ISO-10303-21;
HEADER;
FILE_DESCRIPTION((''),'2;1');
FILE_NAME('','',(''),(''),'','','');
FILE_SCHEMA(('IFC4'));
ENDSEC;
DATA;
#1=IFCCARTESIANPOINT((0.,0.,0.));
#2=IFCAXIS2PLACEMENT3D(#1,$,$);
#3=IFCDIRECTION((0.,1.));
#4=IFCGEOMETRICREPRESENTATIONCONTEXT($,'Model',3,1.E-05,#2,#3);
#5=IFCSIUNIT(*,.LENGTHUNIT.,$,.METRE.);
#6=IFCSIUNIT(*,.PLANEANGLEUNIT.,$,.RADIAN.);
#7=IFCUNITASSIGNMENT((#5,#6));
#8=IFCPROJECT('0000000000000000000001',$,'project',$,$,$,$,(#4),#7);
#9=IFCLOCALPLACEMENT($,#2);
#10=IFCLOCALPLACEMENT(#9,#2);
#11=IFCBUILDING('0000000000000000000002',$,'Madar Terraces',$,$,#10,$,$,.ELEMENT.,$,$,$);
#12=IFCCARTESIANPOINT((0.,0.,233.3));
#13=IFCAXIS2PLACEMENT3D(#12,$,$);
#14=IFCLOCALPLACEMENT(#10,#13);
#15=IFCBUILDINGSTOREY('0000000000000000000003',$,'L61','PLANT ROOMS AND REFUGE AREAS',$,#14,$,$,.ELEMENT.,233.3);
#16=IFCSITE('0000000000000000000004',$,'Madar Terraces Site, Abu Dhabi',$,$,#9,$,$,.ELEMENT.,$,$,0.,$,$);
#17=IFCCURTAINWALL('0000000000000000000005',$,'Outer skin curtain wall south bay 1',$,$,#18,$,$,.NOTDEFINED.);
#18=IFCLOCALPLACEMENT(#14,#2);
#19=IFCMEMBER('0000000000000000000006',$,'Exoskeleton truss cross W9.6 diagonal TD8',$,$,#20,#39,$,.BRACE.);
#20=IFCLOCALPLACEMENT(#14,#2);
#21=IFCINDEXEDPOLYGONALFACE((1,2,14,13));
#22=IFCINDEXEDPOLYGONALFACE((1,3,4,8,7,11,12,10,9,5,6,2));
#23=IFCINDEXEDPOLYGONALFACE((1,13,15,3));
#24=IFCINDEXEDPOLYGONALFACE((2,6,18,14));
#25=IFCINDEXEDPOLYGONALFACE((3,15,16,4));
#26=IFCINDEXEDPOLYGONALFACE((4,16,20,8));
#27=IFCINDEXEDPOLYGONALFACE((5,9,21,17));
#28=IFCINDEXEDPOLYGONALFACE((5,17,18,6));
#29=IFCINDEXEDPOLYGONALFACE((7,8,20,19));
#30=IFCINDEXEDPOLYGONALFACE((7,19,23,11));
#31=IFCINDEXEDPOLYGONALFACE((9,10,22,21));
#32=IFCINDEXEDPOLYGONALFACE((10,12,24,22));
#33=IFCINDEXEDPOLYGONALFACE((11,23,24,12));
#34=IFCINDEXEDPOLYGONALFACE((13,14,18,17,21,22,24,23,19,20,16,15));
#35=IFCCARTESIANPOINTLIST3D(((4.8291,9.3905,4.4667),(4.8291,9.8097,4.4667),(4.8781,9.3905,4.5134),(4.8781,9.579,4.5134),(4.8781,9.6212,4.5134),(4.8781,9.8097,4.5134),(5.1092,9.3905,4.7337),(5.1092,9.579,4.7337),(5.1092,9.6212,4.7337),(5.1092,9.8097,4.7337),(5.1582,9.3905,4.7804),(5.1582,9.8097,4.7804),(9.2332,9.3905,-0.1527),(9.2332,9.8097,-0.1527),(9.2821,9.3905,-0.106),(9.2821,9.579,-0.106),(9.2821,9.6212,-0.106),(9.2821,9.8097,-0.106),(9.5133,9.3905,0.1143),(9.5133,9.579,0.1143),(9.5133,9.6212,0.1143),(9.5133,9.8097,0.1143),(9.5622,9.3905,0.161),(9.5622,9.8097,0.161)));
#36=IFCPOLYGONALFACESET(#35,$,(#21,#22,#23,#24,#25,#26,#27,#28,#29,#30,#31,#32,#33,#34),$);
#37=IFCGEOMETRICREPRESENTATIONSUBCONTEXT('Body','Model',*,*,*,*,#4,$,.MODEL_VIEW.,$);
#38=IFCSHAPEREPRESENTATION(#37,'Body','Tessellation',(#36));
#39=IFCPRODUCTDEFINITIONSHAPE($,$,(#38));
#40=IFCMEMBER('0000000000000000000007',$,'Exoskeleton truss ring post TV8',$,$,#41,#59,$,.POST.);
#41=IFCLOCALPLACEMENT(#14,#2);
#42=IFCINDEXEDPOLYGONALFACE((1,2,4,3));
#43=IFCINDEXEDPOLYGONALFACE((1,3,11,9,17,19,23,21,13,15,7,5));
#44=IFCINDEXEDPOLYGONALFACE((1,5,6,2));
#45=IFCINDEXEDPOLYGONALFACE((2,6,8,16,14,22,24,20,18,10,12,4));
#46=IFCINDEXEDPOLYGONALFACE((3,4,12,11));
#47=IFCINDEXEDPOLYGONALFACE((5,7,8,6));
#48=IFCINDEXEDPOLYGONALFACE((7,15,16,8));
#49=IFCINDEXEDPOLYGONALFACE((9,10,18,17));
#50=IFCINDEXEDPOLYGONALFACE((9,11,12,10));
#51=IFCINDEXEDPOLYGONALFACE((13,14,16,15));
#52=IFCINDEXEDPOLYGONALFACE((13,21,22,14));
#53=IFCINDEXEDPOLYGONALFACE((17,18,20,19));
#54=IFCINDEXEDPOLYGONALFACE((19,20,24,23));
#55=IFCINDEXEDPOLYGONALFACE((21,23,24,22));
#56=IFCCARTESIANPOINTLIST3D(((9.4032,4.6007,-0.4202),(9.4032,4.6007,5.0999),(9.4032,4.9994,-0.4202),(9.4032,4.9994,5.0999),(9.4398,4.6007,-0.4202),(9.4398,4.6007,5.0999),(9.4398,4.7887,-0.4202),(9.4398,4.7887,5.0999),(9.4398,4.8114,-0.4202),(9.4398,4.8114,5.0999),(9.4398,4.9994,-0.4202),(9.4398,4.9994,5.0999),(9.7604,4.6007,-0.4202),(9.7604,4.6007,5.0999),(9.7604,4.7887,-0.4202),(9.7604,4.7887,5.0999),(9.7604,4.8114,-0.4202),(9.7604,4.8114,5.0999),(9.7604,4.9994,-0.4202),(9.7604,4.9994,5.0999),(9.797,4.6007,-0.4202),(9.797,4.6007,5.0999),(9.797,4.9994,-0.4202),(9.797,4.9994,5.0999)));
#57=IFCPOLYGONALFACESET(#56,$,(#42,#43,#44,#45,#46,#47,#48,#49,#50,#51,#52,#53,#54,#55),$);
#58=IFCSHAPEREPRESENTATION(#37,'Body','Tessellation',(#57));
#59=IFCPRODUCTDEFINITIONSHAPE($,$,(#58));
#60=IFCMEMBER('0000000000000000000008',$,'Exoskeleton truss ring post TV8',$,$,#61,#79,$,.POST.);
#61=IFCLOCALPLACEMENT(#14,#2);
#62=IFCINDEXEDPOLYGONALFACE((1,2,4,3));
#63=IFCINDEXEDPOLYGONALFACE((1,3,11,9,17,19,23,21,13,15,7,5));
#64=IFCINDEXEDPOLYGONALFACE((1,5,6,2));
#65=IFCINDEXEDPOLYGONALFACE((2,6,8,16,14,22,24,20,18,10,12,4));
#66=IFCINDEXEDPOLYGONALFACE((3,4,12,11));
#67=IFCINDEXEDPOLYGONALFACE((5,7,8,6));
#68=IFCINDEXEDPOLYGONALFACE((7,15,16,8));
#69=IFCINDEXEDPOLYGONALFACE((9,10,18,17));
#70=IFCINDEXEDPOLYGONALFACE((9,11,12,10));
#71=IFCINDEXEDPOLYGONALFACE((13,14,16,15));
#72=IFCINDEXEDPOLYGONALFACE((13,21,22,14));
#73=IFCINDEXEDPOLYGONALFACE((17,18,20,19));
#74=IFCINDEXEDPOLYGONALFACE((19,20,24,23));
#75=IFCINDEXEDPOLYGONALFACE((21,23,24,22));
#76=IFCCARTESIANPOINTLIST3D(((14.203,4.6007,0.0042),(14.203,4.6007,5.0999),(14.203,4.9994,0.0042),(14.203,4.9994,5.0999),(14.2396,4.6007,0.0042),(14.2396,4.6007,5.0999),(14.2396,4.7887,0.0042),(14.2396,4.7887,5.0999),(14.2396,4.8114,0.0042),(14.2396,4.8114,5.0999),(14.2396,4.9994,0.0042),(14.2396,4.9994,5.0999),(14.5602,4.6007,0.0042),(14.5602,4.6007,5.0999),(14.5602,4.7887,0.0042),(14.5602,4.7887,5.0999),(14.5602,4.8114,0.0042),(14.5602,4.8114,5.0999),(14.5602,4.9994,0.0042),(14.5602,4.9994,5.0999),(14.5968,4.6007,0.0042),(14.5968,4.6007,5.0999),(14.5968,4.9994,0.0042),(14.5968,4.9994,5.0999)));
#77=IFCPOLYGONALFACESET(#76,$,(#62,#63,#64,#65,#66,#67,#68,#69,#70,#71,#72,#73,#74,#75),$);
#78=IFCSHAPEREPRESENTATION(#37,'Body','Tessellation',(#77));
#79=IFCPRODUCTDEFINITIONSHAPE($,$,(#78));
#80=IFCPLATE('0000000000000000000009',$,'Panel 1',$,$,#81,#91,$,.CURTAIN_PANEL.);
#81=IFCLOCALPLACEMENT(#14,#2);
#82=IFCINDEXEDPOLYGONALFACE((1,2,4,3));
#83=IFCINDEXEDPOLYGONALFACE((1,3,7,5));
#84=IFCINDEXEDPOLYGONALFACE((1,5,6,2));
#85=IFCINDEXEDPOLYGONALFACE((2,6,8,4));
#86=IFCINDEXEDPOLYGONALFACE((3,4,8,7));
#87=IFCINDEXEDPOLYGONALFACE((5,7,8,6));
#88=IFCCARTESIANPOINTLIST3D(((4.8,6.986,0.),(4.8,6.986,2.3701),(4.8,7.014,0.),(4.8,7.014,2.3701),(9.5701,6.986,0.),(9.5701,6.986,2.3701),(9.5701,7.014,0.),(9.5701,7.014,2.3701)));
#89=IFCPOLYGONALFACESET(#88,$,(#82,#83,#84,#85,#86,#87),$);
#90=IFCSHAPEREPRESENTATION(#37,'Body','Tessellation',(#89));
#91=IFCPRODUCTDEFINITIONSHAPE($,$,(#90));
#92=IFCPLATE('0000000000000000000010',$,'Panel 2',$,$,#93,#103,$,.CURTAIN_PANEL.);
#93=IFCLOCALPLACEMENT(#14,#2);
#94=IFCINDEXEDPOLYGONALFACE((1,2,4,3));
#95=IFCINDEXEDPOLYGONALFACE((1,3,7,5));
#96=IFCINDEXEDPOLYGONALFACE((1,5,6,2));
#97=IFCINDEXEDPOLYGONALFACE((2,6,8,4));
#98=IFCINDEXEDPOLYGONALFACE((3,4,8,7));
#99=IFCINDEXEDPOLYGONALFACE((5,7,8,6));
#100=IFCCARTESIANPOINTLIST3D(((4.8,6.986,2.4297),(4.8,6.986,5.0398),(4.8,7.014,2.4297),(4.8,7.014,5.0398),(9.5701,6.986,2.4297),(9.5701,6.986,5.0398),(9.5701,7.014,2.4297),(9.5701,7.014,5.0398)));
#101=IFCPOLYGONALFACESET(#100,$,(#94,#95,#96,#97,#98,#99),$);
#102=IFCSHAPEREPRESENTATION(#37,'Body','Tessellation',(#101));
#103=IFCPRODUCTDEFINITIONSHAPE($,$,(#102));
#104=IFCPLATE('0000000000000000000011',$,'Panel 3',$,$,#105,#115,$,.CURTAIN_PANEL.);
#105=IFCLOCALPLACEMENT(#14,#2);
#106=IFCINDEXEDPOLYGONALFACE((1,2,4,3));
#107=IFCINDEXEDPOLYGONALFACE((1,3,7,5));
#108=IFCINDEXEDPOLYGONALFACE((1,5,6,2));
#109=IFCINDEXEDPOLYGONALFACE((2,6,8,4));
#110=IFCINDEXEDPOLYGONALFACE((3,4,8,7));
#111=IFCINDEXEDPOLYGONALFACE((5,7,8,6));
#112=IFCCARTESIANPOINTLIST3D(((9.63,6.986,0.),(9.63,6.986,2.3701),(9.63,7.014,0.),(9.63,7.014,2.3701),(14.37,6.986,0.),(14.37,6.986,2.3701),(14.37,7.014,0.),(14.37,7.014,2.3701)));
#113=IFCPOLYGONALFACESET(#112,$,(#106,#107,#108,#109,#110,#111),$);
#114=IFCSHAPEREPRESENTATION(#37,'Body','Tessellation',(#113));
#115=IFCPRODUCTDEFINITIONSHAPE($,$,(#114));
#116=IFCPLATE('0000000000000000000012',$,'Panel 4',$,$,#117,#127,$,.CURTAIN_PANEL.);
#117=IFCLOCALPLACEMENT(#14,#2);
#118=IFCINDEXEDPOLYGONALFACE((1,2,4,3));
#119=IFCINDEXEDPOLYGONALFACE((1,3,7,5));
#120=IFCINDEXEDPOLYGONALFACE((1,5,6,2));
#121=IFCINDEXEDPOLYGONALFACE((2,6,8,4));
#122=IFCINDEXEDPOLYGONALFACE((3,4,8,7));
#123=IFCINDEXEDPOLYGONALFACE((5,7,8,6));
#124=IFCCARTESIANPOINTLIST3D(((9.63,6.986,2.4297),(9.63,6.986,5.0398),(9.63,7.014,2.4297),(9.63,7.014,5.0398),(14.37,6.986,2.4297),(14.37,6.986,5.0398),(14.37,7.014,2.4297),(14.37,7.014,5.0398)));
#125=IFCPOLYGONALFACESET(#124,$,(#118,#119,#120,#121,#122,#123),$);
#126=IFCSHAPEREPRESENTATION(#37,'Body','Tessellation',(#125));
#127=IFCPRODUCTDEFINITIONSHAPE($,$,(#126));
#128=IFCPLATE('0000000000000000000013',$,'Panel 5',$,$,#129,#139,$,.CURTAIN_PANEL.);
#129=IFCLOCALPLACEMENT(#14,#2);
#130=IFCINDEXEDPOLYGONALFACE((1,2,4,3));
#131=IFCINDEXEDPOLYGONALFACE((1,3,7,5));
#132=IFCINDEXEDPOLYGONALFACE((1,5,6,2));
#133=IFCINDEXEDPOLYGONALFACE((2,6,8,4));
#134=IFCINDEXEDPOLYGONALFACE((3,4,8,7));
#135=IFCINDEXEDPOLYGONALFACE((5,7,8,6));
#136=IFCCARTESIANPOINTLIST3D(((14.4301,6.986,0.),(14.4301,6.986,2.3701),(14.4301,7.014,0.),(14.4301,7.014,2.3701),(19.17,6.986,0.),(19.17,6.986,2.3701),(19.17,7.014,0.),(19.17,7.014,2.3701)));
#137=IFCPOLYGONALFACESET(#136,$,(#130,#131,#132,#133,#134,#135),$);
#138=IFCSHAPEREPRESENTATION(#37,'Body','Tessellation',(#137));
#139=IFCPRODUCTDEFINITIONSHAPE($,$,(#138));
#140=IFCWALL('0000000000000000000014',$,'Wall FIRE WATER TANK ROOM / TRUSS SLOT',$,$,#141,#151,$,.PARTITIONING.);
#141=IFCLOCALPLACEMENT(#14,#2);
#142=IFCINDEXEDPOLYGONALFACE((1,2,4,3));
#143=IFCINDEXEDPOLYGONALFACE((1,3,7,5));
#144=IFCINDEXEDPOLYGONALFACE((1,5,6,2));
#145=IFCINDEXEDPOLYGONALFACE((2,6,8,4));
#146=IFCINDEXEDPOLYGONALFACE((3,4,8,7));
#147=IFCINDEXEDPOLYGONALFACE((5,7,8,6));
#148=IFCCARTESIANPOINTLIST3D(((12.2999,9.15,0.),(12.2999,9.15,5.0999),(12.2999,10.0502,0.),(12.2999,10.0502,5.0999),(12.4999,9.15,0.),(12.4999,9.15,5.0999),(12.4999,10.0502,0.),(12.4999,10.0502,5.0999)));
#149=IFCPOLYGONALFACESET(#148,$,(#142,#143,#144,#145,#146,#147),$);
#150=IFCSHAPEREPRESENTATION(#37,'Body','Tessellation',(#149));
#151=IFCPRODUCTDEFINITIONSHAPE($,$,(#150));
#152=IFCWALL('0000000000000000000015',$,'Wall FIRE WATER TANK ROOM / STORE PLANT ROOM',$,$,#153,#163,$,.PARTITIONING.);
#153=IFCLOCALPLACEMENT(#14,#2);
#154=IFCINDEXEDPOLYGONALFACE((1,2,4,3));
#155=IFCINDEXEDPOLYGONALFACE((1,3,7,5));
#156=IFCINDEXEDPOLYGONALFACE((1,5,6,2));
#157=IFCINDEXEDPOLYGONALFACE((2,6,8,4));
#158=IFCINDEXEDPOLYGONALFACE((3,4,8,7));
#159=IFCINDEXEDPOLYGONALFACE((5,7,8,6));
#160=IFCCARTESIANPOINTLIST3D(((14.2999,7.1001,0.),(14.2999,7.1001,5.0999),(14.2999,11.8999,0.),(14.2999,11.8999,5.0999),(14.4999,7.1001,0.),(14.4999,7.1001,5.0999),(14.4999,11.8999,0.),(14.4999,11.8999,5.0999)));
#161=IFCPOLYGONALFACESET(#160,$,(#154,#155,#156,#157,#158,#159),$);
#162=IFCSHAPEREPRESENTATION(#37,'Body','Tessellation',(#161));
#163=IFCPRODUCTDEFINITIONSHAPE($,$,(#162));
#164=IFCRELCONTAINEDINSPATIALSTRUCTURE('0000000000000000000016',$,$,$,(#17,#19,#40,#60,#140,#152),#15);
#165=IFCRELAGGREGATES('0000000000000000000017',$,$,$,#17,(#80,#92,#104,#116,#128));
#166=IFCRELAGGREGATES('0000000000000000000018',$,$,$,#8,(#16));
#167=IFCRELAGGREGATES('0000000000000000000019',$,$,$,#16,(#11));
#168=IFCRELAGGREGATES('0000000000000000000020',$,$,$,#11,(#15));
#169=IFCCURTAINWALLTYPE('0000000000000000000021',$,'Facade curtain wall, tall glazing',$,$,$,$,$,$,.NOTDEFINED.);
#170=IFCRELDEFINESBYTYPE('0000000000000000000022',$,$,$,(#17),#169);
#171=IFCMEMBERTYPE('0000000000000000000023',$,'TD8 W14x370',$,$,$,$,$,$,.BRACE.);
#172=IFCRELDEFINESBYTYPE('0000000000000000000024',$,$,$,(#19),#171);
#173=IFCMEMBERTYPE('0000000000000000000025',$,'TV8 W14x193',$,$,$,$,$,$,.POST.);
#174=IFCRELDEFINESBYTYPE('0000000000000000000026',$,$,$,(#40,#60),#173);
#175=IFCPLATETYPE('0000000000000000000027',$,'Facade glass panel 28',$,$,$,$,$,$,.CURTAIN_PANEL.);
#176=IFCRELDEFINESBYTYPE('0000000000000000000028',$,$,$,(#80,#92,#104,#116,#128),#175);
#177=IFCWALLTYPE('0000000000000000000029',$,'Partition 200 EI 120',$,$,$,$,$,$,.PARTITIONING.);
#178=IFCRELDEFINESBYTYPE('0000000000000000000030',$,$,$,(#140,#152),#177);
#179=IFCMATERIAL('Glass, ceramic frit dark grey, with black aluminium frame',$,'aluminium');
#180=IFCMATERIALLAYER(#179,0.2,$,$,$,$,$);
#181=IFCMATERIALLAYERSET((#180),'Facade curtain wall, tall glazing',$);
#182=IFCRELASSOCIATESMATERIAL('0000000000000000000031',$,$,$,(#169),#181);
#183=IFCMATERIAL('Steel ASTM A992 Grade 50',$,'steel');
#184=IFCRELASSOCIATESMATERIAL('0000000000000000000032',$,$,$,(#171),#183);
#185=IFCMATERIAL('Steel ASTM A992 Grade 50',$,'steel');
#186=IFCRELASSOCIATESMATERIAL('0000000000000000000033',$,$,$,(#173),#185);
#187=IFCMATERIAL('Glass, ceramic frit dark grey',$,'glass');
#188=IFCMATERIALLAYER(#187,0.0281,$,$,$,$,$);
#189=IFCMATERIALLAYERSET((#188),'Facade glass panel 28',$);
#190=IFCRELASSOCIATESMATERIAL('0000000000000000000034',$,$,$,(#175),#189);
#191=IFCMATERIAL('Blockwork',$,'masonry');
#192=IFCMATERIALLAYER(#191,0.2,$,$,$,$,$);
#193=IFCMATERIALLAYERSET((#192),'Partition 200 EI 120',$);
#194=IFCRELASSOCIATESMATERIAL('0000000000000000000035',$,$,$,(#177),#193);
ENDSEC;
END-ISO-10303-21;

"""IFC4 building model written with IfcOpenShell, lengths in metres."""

from ifc_helpers import new_model, si_unit, direction, frame, frame_2d, origin, origin_2d, place, context, subcontext, project, spatial, rectangle, i_section, extrude, material, layer, layer_set, material_profile, profile_set, type_object, element, aggregate, save


model = new_model("IFC4")

# Units and contexts
model_context = context("Model", 3, precision=1e-05, world=origin(), true_north=direction((0.0, 1.0)))
body_context = subcontext(model_context, "Body", "Model", "MODEL_VIEW")
ifc_project = project(units=[si_unit("LENGTHUNIT", "METRE"), si_unit("PLANEANGLEUNIT", "RADIAN")], contexts=[model_context])

# Site, building, storey
site_placement = place(None, origin())
site = spatial("IfcSite", under=ifc_project, at=site_placement, Name="Madar Terraces Site, Abu Dhabi", CompositionType="ELEMENT", RefElevation=0.0)
building_placement = place(site_placement, origin())
building = spatial("IfcBuilding", under=site, at=building_placement, Name="Madar Terraces", CompositionType="ELEMENT")
storey_placement = place(building_placement, frame((0.0, 0.0, 233.3)))
storey = spatial("IfcBuildingStorey", under=building, at=storey_placement, Name="L61", Description="PLANT ROOMS AND REFUGE AREAS", CompositionType="ELEMENT", Elevation=233.3)

# Curtain wall
ifc_material_1 = material(Name="Glass, ceramic frit dark grey, with black aluminium frame", Category="aluminium")
ifc_layer_1 = layer(ifc_material_1, 0.2)
ifc_layer_set_1 = layer_set([ifc_layer_1], Name="Facade curtain wall, tall glazing")
curtain_wall_type = type_object("IfcCurtainWallType", Name="Facade curtain wall, tall glazing", PredefinedType="NOTDEFINED", material=ifc_layer_set_1)
curtain_wall_placement = place(storey_placement, origin())
curtain_wall = element("IfcCurtainWall", 1, at=curtain_wall_placement, inside=storey, type_object=curtain_wall_type, Name="Outer skin curtain wall south bay 1", PredefinedType="NOTDEFINED")

# Members
ifc_material_2 = material(Name="Steel ASTM A992 Grade 50", Category="steel")
ifc_material_profile_1 = material_profile(ifc_material_2, i_section(OverallWidth=0.4192, OverallDepth=0.4546, WebThickness=0.0422, FlangeThickness=0.0676, at=origin_2d()), Name="W14x370")
ifc_profile_set_1 = profile_set([ifc_material_profile_1], Name="Steel ASTM A992 Grade 50")
member_type_1 = type_object("IfcMemberType", Name="TD8 W14x370", PredefinedType="BRACE", material=ifc_profile_set_1)
for number, where, z_axis, x_axis, name in (
    (2, (4.9937, 9.6001, 4.6235), (0.690036, 0.0, -0.723775), (0.0, 1.0, 0.0), "Exoskeleton truss cross W9.6 diagonal TD8"),
):
    element("IfcMember", number, at=place(storey_placement, frame(where, z_axis=z_axis, x_axis=x_axis)), inside=storey, type_object=member_type_1, Name=name, PredefinedType="BRACE", context=body_context, shape_type="SweptSolid", body=[
        extrude(i_section(OverallWidth=0.4192, OverallDepth=0.4546, WebThickness=0.0422, FlangeThickness=0.0676, at=origin_2d()), origin(), (0.0, 0.0, 1.0), 6.3823),
    ])
ifc_material_3 = material(Name="Steel ASTM A992 Grade 50", Category="steel")
ifc_material_profile_2 = material_profile(ifc_material_3, i_section(OverallWidth=0.3987, OverallDepth=0.3938, WebThickness=0.0227, FlangeThickness=0.0366, at=origin_2d()), Name="W14x193")
ifc_profile_set_2 = profile_set([ifc_material_profile_2], Name="Steel ASTM A992 Grade 50")
member_type_2 = type_object("IfcMemberType", Name="TV8 W14x193", PredefinedType="POST", material=ifc_profile_set_2)
member_1_placement = place(storey_placement, frame((9.6001, 4.8, -0.4202), z_axis=(0.0, 0.0, 1.0), x_axis=(0.0, 1.0, 0.0)))
element("IfcMember", 3, at=member_1_placement, inside=storey, type_object=member_type_2, Name="Exoskeleton truss ring post TV8", PredefinedType="POST", context=body_context, shape_type="SweptSolid", body=[
    extrude(i_section(OverallWidth=0.3987, OverallDepth=0.3938, WebThickness=0.0227, FlangeThickness=0.0366, at=origin_2d()), origin(), (0.0, 0.0, 1.0), 5.52),
])
member_2_placement = place(storey_placement, frame((14.3999, 4.8, 0.0042), z_axis=(0.0, 0.0, 1.0), x_axis=(0.0, 1.0, 0.0)))
element("IfcMember", 4, at=member_2_placement, inside=storey, type_object=member_type_2, Name="Exoskeleton truss ring post TV8", PredefinedType="POST", context=body_context, shape_type="SweptSolid", body=[
    extrude(i_section(OverallWidth=0.3987, OverallDepth=0.3938, WebThickness=0.0227, FlangeThickness=0.0366, at=origin_2d()), origin(), (0.0, 0.0, 1.0), 5.0957),
])

# Plates
ifc_material_4 = material(Name="Glass, ceramic frit dark grey", Category="glass")
ifc_layer_2 = layer(ifc_material_4, 0.0281)
ifc_layer_set_2 = layer_set([ifc_layer_2], Name="Facade glass panel 28")
plate_type = type_object("IfcPlateType", Name="Facade glass panel 28", PredefinedType="CURTAIN_PANEL", material=ifc_layer_set_2)
plate_1_placement = place(storey_placement, frame((7.1851, 7.0, 0.0), z_axis=(0.0, 0.0, 1.0), x_axis=(1.0, 0.0, 0.0)))
plate_1 = element("IfcPlate", 5, at=plate_1_placement, type_object=plate_type, Name="Panel 1", PredefinedType="CURTAIN_PANEL", context=body_context, shape_type="SweptSolid", body=[
    extrude(rectangle(XDim=4.77, YDim=0.0281, at=origin_2d()), origin(), (0.0, 0.0, 1.0), 2.3701),
])
plate_2_placement = place(storey_placement, frame((7.1851, 7.0, 2.4297), z_axis=(0.0, 0.0, 1.0), x_axis=(1.0, 0.0, 0.0)))
plate_2 = element("IfcPlate", 6, at=plate_2_placement, type_object=plate_type, Name="Panel 2", PredefinedType="CURTAIN_PANEL", context=body_context, shape_type="SweptSolid", body=[
    extrude(rectangle(XDim=4.77, YDim=0.0281, at=origin_2d()), origin(), (0.0, 0.0, 1.0), 2.6101),
])
plate_3_placement = place(storey_placement, frame((12.0, 7.0, 0.0), z_axis=(0.0, 0.0, 1.0), x_axis=(1.0, 0.0, 0.0)))
plate_3 = element("IfcPlate", 7, at=plate_3_placement, type_object=plate_type, Name="Panel 3", PredefinedType="CURTAIN_PANEL", context=body_context, shape_type="SweptSolid", body=[
    extrude(rectangle(XDim=4.74, YDim=0.0281, at=origin_2d()), origin(), (0.0, 0.0, 1.0), 2.3701),
])
plate_4_placement = place(storey_placement, frame((12.0, 7.0, 2.4297), z_axis=(0.0, 0.0, 1.0), x_axis=(1.0, 0.0, 0.0)))
plate_4 = element("IfcPlate", 8, at=plate_4_placement, type_object=plate_type, Name="Panel 4", PredefinedType="CURTAIN_PANEL", context=body_context, shape_type="SweptSolid", body=[
    extrude(rectangle(XDim=4.74, YDim=0.0281, at=origin_2d()), origin(), (0.0, 0.0, 1.0), 2.6101),
])
plate_5_placement = place(storey_placement, frame((16.8, 7.0, 0.0), z_axis=(0.0, 0.0, 1.0), x_axis=(1.0, 0.0, 0.0)))
plate_5 = element("IfcPlate", 9, at=plate_5_placement, type_object=plate_type, Name="Panel 5", PredefinedType="CURTAIN_PANEL", context=body_context, shape_type="SweptSolid", body=[
    extrude(rectangle(XDim=4.74, YDim=0.0281, at=origin_2d()), origin(), (0.0, 0.0, 1.0), 2.3701),
])
aggregate(curtain_wall, [plate_1, plate_2, plate_3, plate_4, plate_5])

# Walls
ifc_material_5 = material(Name="Blockwork", Category="masonry")
ifc_layer_3 = layer(ifc_material_5, 0.2)
ifc_layer_set_3 = layer_set([ifc_layer_3], Name="Partition 200 EI 120")
wall_type = type_object("IfcWallType", Name="Partition 200 EI 120", PredefinedType="PARTITIONING", material=ifc_layer_set_3)
wall_1_placement = place(storey_placement, frame((12.3999, 9.1499, 0.0), z_axis=(0.0, 0.0, 1.0), x_axis=(0.0, 1.0, 0.0)))
element("IfcWall", 10, at=wall_1_placement, inside=storey, type_object=wall_type, Name="Wall FIRE WATER TANK ROOM / TRUSS SLOT", PredefinedType="PARTITIONING", context=body_context, shape_type="SweptSolid", body=[
    extrude(rectangle(XDim=0.9001, YDim=0.2, at=frame_2d((0.4502, 0.0))), origin(), (0.0, 0.0, 1.0), 5.0999),
])
wall_2_placement = place(storey_placement, frame((14.3999, 7.1001, 0.0), z_axis=(0.0, 0.0, 1.0), x_axis=(0.0, 1.0, 0.0)))
element("IfcWall", 11, at=wall_2_placement, inside=storey, type_object=wall_type, Name="Wall FIRE WATER TANK ROOM / STORE PLANT ROOM", PredefinedType="PARTITIONING", context=body_context, shape_type="SweptSolid", body=[
    extrude(rectangle(XDim=4.7998, YDim=0.2, at=frame_2d((2.3999, 0.0))), origin(), (0.0, 0.0, 1.0), 5.0999),
])

save(model, "model.ifc")
